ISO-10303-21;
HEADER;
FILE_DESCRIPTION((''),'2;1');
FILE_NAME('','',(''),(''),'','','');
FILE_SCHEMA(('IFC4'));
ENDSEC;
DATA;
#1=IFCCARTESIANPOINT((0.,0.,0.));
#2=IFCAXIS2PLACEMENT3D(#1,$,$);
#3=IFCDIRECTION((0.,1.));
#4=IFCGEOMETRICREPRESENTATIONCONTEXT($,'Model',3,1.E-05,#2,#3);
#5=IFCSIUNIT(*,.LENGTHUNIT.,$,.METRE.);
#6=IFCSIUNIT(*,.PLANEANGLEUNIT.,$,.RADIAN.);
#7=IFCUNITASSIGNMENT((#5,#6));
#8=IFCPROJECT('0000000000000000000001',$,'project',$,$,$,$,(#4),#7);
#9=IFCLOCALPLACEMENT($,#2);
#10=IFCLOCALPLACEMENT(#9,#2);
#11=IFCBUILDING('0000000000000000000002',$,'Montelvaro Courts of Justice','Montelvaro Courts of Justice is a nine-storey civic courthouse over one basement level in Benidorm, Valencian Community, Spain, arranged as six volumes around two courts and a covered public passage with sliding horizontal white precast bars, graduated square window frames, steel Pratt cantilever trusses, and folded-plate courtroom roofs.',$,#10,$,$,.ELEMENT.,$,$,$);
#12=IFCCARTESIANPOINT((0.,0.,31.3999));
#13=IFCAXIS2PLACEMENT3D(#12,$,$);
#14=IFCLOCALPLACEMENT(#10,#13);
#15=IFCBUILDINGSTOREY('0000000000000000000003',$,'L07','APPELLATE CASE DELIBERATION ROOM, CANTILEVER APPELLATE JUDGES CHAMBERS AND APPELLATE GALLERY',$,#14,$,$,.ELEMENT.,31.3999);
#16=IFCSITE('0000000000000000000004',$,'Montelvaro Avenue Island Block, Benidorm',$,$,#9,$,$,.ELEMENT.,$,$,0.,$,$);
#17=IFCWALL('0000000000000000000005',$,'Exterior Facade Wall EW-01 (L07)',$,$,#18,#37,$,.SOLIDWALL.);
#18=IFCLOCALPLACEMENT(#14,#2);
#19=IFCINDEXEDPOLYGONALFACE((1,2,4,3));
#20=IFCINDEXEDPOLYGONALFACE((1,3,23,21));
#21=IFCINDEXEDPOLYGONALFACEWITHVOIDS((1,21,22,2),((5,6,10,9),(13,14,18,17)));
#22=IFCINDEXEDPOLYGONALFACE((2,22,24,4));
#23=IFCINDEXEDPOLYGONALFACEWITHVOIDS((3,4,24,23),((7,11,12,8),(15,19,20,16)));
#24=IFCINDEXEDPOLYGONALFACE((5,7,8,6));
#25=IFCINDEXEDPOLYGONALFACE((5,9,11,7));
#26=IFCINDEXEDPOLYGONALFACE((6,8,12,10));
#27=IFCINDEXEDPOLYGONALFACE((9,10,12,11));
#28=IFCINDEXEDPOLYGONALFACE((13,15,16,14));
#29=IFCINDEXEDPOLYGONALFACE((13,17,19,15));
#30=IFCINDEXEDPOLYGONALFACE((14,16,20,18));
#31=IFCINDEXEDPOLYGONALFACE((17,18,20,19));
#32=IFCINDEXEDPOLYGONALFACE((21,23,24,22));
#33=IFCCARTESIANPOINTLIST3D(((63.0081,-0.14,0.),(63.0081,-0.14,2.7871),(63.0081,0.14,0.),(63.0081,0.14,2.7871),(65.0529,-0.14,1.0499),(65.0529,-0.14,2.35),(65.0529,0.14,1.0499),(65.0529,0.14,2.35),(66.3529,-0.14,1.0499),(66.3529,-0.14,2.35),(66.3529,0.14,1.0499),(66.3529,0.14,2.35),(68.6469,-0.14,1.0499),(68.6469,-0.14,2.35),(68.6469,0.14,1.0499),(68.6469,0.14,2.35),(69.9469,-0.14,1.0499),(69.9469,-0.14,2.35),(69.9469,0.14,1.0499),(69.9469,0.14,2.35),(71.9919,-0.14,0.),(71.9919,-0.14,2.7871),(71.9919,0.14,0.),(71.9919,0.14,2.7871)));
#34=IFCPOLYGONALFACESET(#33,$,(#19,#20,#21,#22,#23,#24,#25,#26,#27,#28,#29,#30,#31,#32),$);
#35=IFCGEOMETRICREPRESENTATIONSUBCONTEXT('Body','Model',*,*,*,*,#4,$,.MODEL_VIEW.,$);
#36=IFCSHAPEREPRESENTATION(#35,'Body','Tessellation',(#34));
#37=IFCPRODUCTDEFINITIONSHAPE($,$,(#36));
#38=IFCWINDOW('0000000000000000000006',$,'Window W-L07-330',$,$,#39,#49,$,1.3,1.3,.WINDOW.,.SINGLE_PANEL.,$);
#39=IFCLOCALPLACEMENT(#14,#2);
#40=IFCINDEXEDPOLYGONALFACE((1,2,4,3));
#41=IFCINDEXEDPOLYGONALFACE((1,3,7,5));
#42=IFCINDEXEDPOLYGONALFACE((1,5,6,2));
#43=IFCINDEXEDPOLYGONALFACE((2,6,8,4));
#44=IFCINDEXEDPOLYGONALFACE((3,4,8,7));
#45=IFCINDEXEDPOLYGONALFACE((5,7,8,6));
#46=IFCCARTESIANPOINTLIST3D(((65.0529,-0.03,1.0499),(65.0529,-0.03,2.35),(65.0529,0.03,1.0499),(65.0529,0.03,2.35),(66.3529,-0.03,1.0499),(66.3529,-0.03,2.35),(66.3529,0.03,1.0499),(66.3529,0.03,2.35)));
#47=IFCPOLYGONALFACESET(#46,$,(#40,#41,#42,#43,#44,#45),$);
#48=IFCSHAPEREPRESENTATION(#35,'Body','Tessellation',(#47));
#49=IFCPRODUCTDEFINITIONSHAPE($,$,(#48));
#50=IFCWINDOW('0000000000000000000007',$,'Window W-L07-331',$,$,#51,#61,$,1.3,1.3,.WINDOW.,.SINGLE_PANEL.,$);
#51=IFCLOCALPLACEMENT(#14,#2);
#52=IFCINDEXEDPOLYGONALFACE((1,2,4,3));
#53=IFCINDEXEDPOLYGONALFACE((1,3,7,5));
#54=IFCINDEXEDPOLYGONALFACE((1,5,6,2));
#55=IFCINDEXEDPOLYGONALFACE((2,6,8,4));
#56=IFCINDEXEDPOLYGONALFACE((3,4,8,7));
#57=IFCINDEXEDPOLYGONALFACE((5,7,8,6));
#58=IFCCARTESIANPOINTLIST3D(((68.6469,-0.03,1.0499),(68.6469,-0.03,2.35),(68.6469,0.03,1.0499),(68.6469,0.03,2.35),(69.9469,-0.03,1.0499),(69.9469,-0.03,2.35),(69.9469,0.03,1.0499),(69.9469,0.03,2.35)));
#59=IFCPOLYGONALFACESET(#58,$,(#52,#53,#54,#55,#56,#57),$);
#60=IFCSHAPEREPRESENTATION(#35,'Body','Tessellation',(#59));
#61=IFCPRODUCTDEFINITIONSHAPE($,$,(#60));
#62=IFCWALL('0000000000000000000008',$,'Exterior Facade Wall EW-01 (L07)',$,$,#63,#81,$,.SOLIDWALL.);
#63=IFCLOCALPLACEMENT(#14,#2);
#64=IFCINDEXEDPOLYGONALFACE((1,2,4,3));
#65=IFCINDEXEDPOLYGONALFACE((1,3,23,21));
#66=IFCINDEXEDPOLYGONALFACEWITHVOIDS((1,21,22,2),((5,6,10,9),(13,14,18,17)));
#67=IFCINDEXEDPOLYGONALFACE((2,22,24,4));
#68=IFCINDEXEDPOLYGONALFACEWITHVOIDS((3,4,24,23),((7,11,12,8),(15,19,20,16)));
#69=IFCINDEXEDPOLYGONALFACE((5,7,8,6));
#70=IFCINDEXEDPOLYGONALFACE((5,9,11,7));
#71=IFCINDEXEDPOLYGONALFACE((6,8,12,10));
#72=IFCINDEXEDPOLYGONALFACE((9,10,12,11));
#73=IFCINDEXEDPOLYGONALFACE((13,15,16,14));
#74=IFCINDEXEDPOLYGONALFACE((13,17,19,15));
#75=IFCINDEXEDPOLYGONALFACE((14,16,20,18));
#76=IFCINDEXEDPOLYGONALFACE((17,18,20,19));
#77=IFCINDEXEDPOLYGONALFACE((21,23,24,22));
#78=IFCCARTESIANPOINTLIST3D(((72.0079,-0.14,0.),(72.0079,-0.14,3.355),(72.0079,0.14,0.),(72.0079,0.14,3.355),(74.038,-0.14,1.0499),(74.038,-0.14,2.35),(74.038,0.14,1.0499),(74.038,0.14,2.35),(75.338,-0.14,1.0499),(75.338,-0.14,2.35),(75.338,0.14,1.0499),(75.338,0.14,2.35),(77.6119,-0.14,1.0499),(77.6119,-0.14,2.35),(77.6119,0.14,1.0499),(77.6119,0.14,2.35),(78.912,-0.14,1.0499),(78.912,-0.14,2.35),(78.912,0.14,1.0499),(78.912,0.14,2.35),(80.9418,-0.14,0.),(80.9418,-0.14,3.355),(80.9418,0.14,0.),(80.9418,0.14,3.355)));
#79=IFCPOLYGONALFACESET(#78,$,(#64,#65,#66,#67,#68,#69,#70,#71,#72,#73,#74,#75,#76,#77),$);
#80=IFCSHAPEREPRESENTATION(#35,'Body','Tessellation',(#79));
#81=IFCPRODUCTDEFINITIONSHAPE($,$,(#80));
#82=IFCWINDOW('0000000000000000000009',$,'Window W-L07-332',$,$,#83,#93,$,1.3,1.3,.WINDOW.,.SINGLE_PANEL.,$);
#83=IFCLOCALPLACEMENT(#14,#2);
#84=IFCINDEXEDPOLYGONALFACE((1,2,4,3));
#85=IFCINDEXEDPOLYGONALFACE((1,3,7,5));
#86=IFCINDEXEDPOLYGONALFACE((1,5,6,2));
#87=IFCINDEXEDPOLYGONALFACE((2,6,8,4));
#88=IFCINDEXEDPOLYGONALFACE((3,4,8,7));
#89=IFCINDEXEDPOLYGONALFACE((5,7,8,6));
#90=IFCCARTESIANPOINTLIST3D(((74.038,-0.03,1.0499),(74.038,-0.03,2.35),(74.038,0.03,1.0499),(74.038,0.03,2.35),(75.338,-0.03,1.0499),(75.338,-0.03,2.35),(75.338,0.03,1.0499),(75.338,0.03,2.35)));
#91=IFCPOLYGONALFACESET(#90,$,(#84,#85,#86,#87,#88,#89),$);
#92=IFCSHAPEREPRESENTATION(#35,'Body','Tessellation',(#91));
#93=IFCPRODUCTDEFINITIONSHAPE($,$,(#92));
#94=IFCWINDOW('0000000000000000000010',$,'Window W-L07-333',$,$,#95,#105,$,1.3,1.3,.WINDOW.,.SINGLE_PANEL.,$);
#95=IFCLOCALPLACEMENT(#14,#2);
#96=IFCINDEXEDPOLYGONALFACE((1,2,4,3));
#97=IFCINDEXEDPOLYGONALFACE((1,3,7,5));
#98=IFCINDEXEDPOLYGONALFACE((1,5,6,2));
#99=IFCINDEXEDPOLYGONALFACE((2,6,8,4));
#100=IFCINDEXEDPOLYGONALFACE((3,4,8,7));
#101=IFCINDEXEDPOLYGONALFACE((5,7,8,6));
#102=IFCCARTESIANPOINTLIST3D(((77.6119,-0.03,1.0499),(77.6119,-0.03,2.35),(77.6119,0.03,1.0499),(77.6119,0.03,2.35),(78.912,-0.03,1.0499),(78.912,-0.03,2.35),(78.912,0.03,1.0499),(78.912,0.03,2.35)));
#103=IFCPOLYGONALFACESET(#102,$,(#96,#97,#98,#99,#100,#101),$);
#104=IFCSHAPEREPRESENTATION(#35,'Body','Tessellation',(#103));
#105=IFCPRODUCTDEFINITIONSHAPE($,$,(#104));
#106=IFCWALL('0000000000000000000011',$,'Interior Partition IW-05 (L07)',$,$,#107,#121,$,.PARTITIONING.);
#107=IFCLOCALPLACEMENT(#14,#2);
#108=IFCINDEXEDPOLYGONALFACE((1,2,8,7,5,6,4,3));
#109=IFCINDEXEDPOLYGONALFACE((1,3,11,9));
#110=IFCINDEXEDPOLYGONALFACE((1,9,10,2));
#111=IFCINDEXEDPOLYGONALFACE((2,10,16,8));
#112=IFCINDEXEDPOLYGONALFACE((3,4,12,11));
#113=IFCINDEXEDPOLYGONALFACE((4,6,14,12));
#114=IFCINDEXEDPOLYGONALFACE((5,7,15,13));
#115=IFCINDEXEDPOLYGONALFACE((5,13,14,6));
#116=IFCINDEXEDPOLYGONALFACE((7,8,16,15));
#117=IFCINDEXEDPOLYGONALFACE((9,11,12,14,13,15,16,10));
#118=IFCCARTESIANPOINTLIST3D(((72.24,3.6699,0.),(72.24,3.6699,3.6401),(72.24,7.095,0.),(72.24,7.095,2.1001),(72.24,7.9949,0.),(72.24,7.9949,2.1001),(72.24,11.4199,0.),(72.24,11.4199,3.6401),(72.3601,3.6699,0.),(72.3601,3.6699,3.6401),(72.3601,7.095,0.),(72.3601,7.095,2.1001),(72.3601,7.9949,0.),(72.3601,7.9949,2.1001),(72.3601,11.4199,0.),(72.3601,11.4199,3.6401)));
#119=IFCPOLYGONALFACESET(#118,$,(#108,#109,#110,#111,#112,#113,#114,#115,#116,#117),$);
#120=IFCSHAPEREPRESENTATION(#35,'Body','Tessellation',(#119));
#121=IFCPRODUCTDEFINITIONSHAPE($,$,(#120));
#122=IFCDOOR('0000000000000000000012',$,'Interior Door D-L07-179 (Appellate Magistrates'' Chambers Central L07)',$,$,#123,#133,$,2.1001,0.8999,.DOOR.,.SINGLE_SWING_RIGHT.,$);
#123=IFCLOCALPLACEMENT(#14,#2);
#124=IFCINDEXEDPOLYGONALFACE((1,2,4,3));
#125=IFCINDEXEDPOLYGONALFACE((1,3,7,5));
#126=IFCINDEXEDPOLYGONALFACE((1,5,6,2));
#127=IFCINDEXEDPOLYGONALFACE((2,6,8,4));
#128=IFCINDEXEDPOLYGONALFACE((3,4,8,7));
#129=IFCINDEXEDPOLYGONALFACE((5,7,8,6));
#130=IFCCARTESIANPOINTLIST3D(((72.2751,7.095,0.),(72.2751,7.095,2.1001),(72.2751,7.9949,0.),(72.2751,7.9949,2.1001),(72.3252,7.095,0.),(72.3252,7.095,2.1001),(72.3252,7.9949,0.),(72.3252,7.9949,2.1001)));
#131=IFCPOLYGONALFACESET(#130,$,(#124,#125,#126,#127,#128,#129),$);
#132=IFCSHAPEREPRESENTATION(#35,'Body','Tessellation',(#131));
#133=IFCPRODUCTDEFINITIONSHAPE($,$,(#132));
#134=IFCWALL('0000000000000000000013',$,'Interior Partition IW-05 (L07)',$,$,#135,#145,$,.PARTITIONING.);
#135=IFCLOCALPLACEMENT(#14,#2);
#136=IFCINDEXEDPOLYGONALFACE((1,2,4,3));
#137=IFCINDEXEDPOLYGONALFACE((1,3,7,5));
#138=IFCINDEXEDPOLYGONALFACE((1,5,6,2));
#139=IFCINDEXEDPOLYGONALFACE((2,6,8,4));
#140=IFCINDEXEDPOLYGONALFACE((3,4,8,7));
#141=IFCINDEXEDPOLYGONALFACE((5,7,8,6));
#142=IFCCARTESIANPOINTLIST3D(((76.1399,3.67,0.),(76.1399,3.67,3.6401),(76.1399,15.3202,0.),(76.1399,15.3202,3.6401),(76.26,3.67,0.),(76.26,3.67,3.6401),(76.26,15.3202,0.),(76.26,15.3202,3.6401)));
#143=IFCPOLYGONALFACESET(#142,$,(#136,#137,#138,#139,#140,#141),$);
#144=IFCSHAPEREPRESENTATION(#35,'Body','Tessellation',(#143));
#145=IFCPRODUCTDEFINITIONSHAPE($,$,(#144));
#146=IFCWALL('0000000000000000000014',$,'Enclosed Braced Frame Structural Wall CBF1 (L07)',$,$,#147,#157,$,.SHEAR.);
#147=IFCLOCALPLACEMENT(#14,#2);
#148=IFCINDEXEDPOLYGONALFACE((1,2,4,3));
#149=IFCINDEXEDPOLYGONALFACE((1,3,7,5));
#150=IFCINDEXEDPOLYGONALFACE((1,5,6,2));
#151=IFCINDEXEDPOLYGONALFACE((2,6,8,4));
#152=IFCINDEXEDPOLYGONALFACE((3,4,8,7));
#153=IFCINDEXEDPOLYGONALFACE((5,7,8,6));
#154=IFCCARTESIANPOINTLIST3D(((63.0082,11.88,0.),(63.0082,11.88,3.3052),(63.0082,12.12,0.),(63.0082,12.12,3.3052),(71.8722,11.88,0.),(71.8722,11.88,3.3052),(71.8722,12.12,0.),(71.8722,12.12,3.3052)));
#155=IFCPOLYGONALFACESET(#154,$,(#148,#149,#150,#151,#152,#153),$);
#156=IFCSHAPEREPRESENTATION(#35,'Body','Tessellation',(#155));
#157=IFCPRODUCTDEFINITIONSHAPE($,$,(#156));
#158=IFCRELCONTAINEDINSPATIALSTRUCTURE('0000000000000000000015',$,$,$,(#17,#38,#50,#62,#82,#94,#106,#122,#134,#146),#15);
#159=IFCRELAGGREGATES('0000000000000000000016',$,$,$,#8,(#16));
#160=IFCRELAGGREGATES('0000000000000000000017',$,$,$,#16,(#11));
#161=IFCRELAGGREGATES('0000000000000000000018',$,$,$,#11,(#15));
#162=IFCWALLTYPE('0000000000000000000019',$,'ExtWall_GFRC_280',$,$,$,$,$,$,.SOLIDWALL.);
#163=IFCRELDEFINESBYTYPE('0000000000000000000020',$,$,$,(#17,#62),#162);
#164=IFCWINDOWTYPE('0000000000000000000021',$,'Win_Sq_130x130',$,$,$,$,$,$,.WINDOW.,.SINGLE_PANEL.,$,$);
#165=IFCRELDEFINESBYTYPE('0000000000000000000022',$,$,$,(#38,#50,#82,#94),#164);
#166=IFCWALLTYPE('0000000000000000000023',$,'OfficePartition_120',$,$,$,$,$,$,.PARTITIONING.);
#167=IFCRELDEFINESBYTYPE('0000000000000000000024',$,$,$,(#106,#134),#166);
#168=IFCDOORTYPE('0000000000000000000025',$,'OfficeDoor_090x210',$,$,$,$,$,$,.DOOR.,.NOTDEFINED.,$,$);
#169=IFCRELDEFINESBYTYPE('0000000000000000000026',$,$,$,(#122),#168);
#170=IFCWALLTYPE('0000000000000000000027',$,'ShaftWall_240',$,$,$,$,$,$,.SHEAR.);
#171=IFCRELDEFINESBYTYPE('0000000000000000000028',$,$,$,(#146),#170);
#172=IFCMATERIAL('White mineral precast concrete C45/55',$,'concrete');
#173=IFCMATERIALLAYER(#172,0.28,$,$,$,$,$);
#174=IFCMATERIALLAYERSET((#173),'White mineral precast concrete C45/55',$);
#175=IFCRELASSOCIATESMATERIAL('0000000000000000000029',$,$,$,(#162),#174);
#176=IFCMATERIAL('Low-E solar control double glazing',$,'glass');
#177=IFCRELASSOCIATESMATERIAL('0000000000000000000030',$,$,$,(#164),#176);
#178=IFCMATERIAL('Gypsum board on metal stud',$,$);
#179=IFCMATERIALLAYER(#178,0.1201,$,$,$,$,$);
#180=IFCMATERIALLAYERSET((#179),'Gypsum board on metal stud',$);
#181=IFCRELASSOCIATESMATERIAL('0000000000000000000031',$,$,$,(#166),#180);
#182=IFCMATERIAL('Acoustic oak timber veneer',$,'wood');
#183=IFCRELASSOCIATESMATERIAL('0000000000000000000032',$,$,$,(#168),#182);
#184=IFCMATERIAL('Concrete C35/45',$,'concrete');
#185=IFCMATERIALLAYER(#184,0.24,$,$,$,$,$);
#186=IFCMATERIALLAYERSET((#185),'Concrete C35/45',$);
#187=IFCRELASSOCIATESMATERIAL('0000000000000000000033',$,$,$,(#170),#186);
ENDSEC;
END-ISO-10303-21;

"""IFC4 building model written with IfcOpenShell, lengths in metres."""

from ifc_helpers import new_model, si_unit, direction, frame, frame_2d, origin, place, context, subcontext, project, spatial, rectangle, extrude, material, layer, layer_set, type_object, element, fill, save


model = new_model("IFC4")

# Units and contexts
model_context = context("Model", 3, precision=1e-05, world=origin(), true_north=direction((0.0, 1.0)))
body_context = subcontext(model_context, "Body", "Model", "MODEL_VIEW")
ifc_project = project(units=[si_unit("LENGTHUNIT", "METRE"), si_unit("PLANEANGLEUNIT", "RADIAN")], contexts=[model_context])

# Site, building, storey
site_placement = place(None, origin())
site = spatial("IfcSite", under=ifc_project, at=site_placement, Name="Montelvaro Avenue Island Block, Benidorm", CompositionType="ELEMENT", RefElevation=0.0)
building_placement = place(site_placement, origin())
building = spatial("IfcBuilding", under=site, at=building_placement, Name="Montelvaro Courts of Justice", Description="Montelvaro Courts of Justice is a nine-storey civic courthouse over one basement level in Benidorm, Valencian Community, Spain, arranged as six volumes around two courts and a covered public passage with sliding horizontal white precast bars, graduated square window frames, steel Pratt cantilever trusses, and folded-plate courtroom roofs.", CompositionType="ELEMENT")
storey_placement = place(building_placement, frame((0.0, 0.0, 31.3999)))
storey = spatial("IfcBuildingStorey", under=building, at=storey_placement, Name="L07", Description="APPELLATE CASE DELIBERATION ROOM, CANTILEVER APPELLATE JUDGES CHAMBERS AND APPELLATE GALLERY", CompositionType="ELEMENT", Elevation=31.3999)

# Shared definitions
ifc_material_1 = material(Name="White mineral precast concrete C45/55", Category="concrete")

# Shared definitions
ifc_material_2 = material(Name="Gypsum board on metal stud")

# Walls, openings, windows
ifc_layer_1 = layer(ifc_material_1, 0.28)
ifc_layer_set_1 = layer_set([ifc_layer_1], Name="White mineral precast concrete C45/55")
wall_type_1 = type_object("IfcWallType", Name="ExtWall_GFRC_280", PredefinedType="SOLIDWALL", material=ifc_layer_set_1)
wall_1_placement = place(storey_placement, frame((63.0081, 0.0, 0.0), z_axis=(0.0, 0.0, 1.0), x_axis=(1.0, 0.0, 0.0)))
wall_1 = element("IfcWall", 1, at=wall_1_placement, inside=storey, type_object=wall_type_1, Name="Exterior Facade Wall EW-01 (L07)", PredefinedType="SOLIDWALL", context=body_context, shape_type="SweptSolid", body=[
    extrude(rectangle(XDim=8.9839, YDim=0.28, at=frame_2d((4.4919, 0.0))), origin(), (0.0, 0.0, 1.0), 2.7871),
])
opening_1_placement = place(wall_1_placement, frame((2.0449, 0.0, 1.05)))
opening_1 = element("IfcOpeningElement", 2, at=opening_1_placement, cuts=wall_1, PredefinedType="OPENING", context=body_context, shape_type="SweptSolid", body=[
    extrude(rectangle(XDim=1.3, YDim=1.3, at=frame_2d((0.6499, 0.6499))), frame((0.0, 0.1548, 0.0), z_axis=(0.0, -1.0, 0.0), x_axis=(1.0, 0.0, 0.0)), (0.0, 0.0, 1.0), 0.3098),
])
opening_2_placement = place(wall_1_placement, frame((5.6389, 0.0, 1.05)))
opening_2 = element("IfcOpeningElement", 3, at=opening_2_placement, cuts=wall_1, PredefinedType="OPENING", context=body_context, shape_type="SweptSolid", body=[
    extrude(rectangle(XDim=1.3, YDim=1.3, at=frame_2d((0.6499, 0.6499))), frame((0.0, 0.1548, 0.0), z_axis=(0.0, -1.0, 0.0), x_axis=(1.0, 0.0, 0.0)), (0.0, 0.0, 1.0), 0.3098),
])
ifc_material_3 = material(Name="Low-E solar control double glazing", Category="glass")
window_type = type_object("IfcWindowType", Name="Win_Sq_130x130", PartitioningType="SINGLE_PANEL", PredefinedType="WINDOW", material=ifc_material_3)
window_1_placement = place(opening_1_placement, origin())
window_1 = element("IfcWindow", 4, at=window_1_placement, inside=storey, type_object=window_type, Name="Window W-L07-330", OverallHeight=1.3, OverallWidth=1.3, PartitioningType="SINGLE_PANEL", PredefinedType="WINDOW", context=body_context, shape_type="SweptSolid", body=[
    extrude(rectangle(XDim=1.3, YDim=1.3, at=frame_2d((0.6499, 0.6499))), frame((0.0, 0.03, 0.0), z_axis=(0.0, -1.0, 0.0), x_axis=(1.0, 0.0, 0.0)), (0.0, 0.0, 1.0), 0.0601),
])
fill(opening_1, window_1)
window_2_placement = place(opening_2_placement, origin())
window_2 = element("IfcWindow", 5, at=window_2_placement, inside=storey, type_object=window_type, Name="Window W-L07-331", OverallHeight=1.3, OverallWidth=1.3, PartitioningType="SINGLE_PANEL", PredefinedType="WINDOW", context=body_context, shape_type="SweptSolid", body=[
    extrude(rectangle(XDim=1.3, YDim=1.3, at=frame_2d((0.6499, 0.6499))), frame((0.0, 0.03, 0.0), z_axis=(0.0, -1.0, 0.0), x_axis=(1.0, 0.0, 0.0)), (0.0, 0.0, 1.0), 0.0601),
])
fill(opening_2, window_2)
wall_2_placement = place(storey_placement, frame((72.0081, 0.0, 0.0), z_axis=(0.0, 0.0, 1.0), x_axis=(1.0, 0.0, 0.0)))
wall_2 = element("IfcWall", 6, at=wall_2_placement, inside=storey, type_object=wall_type_1, Name="Exterior Facade Wall EW-01 (L07)", PredefinedType="SOLIDWALL", context=body_context, shape_type="SweptSolid", body=[
    extrude(rectangle(XDim=8.9338, YDim=0.28, at=frame_2d((4.4668, 0.0))), origin(), (0.0, 0.0, 1.0), 3.355),
])
opening_3_placement = place(wall_2_placement, frame((2.03, 0.0, 1.05)))
opening_3 = element("IfcOpeningElement", 7, at=opening_3_placement, cuts=wall_2, PredefinedType="OPENING", context=body_context, shape_type="SweptSolid", body=[
    extrude(rectangle(XDim=1.3, YDim=1.3, at=frame_2d((0.6499, 0.6499))), frame((0.0, 0.1548, 0.0), z_axis=(0.0, -1.0, 0.0), x_axis=(1.0, 0.0, 0.0)), (0.0, 0.0, 1.0), 0.3098),
])
opening_4_placement = place(wall_2_placement, frame((5.604, 0.0, 1.05)))
opening_4 = element("IfcOpeningElement", 8, at=opening_4_placement, cuts=wall_2, PredefinedType="OPENING", context=body_context, shape_type="SweptSolid", body=[
    extrude(rectangle(XDim=1.3, YDim=1.3, at=frame_2d((0.6499, 0.6499))), frame((0.0, 0.1548, 0.0), z_axis=(0.0, -1.0, 0.0), x_axis=(1.0, 0.0, 0.0)), (0.0, 0.0, 1.0), 0.3098),
])
window_3_placement = place(opening_3_placement, origin())
window_3 = element("IfcWindow", 9, at=window_3_placement, inside=storey, type_object=window_type, Name="Window W-L07-332", OverallHeight=1.3, OverallWidth=1.3, PartitioningType="SINGLE_PANEL", PredefinedType="WINDOW", context=body_context, shape_type="SweptSolid", body=[
    extrude(rectangle(XDim=1.3, YDim=1.3, at=frame_2d((0.6499, 0.6499))), frame((0.0, 0.03, 0.0), z_axis=(0.0, -1.0, 0.0), x_axis=(1.0, 0.0, 0.0)), (0.0, 0.0, 1.0), 0.0601),
])
fill(opening_3, window_3)
window_4_placement = place(opening_4_placement, origin())
window_4 = element("IfcWindow", 10, at=window_4_placement, inside=storey, type_object=window_type, Name="Window W-L07-333", OverallHeight=1.3, OverallWidth=1.3, PartitioningType="SINGLE_PANEL", PredefinedType="WINDOW", context=body_context, shape_type="SweptSolid", body=[
    extrude(rectangle(XDim=1.3, YDim=1.3, at=frame_2d((0.6499, 0.6499))), frame((0.0, 0.03, 0.0), z_axis=(0.0, -1.0, 0.0), x_axis=(1.0, 0.0, 0.0)), (0.0, 0.0, 1.0), 0.0601),
])
fill(opening_4, window_4)

# Wall, opening, door
ifc_layer_2 = layer(ifc_material_2, 0.1201)
ifc_layer_set_2 = layer_set([ifc_layer_2], Name="Gypsum board on metal stud")
wall_type_2 = type_object("IfcWallType", Name="OfficePartition_120", PredefinedType="PARTITIONING", material=ifc_layer_set_2)
wall_3_placement = place(storey_placement, frame((72.3, 11.4199, 0.0), z_axis=(0.0, 0.0, 1.0), x_axis=(0.0, -1.0, 0.0)))
wall_3 = element("IfcWall", 11, at=wall_3_placement, inside=storey, type_object=wall_type_2, Name="Interior Partition IW-05 (L07)", PredefinedType="PARTITIONING", context=body_context, shape_type="SweptSolid", body=[
    extrude(rectangle(XDim=7.75, YDim=0.1201, at=frame_2d((3.875, 0.0))), origin(), (0.0, 0.0, 1.0), 3.6401),
])
opening_5_placement = place(wall_3_placement, frame((3.425, 0.0, 0.0)))
opening_5 = element("IfcOpeningElement", 12, at=opening_5_placement, cuts=wall_3, PredefinedType="OPENING", context=body_context, shape_type="SweptSolid", body=[
    extrude(rectangle(XDim=0.8999, YDim=2.1001, at=frame_2d((0.45, 1.05))), frame((0.0, 0.075, 0.0), z_axis=(0.0, -1.0, 0.0), x_axis=(1.0, 0.0, 0.0)), (0.0, 0.0, 1.0), 0.1499),
])
ifc_material_4 = material(Name="Acoustic oak timber veneer", Category="wood")
door_type = type_object("IfcDoorType", Name="OfficeDoor_090x210", OperationType="NOTDEFINED", PredefinedType="DOOR", material=ifc_material_4)
door_placement = place(opening_5_placement, frame((0.8999, 0.0, 0.0), z_axis=(0.0, 0.0, 1.0), x_axis=(-1.0, 0.0, 0.0)))
door = element("IfcDoor", 13, at=door_placement, inside=storey, type_object=door_type, Name="Interior Door D-L07-179 (Appellate Magistrates' Chambers Central L07)", OperationType="SINGLE_SWING_RIGHT", OverallHeight=2.1001, OverallWidth=0.8999, PredefinedType="DOOR", context=body_context, shape_type="SweptSolid", body=[
    extrude(rectangle(XDim=0.8999, YDim=2.1001, at=frame_2d((0.45, 1.05))), frame((0.0, 0.0249, 0.0), z_axis=(0.0, -1.0, 0.0), x_axis=(1.0, 0.0, 0.0)), (0.0, 0.0, 1.0), 0.05),
])
fill(opening_5, door)

# Walls
wall_4_placement = place(storey_placement, frame((76.2, 3.6699, 0.0), z_axis=(0.0, 0.0, 1.0), x_axis=(0.0, 1.0, 0.0)))
element("IfcWall", 14, at=wall_4_placement, inside=storey, type_object=wall_type_2, Name="Interior Partition IW-05 (L07)", PredefinedType="PARTITIONING", context=body_context, shape_type="SweptSolid", body=[
    extrude(rectangle(XDim=11.6501, YDim=0.1201, at=frame_2d((5.8252, 0.0))), origin(), (0.0, 0.0, 1.0), 3.6401),
])
ifc_material_5 = material(Name="Concrete C35/45", Category="concrete")
ifc_layer_3 = layer(ifc_material_5, 0.24)
ifc_layer_set_3 = layer_set([ifc_layer_3], Name="Concrete C35/45")
wall_type_3 = type_object("IfcWallType", Name="ShaftWall_240", PredefinedType="SHEAR", material=ifc_layer_set_3)
wall_5_placement = place(storey_placement, frame((63.0081, 12.0, 0.0), z_axis=(0.0, 0.0, 1.0), x_axis=(1.0, 0.0, 0.0)))
element("IfcWall", 15, at=wall_5_placement, inside=storey, type_object=wall_type_3, Name="Enclosed Braced Frame Structural Wall CBF1 (L07)", PredefinedType="SHEAR", context=body_context, shape_type="SweptSolid", body=[
    extrude(rectangle(XDim=8.864, YDim=0.24, at=frame_2d((4.4321, 0.0))), origin(), (0.0, 0.0, 1.0), 3.3052),
])

save(model, "model.ifc")
